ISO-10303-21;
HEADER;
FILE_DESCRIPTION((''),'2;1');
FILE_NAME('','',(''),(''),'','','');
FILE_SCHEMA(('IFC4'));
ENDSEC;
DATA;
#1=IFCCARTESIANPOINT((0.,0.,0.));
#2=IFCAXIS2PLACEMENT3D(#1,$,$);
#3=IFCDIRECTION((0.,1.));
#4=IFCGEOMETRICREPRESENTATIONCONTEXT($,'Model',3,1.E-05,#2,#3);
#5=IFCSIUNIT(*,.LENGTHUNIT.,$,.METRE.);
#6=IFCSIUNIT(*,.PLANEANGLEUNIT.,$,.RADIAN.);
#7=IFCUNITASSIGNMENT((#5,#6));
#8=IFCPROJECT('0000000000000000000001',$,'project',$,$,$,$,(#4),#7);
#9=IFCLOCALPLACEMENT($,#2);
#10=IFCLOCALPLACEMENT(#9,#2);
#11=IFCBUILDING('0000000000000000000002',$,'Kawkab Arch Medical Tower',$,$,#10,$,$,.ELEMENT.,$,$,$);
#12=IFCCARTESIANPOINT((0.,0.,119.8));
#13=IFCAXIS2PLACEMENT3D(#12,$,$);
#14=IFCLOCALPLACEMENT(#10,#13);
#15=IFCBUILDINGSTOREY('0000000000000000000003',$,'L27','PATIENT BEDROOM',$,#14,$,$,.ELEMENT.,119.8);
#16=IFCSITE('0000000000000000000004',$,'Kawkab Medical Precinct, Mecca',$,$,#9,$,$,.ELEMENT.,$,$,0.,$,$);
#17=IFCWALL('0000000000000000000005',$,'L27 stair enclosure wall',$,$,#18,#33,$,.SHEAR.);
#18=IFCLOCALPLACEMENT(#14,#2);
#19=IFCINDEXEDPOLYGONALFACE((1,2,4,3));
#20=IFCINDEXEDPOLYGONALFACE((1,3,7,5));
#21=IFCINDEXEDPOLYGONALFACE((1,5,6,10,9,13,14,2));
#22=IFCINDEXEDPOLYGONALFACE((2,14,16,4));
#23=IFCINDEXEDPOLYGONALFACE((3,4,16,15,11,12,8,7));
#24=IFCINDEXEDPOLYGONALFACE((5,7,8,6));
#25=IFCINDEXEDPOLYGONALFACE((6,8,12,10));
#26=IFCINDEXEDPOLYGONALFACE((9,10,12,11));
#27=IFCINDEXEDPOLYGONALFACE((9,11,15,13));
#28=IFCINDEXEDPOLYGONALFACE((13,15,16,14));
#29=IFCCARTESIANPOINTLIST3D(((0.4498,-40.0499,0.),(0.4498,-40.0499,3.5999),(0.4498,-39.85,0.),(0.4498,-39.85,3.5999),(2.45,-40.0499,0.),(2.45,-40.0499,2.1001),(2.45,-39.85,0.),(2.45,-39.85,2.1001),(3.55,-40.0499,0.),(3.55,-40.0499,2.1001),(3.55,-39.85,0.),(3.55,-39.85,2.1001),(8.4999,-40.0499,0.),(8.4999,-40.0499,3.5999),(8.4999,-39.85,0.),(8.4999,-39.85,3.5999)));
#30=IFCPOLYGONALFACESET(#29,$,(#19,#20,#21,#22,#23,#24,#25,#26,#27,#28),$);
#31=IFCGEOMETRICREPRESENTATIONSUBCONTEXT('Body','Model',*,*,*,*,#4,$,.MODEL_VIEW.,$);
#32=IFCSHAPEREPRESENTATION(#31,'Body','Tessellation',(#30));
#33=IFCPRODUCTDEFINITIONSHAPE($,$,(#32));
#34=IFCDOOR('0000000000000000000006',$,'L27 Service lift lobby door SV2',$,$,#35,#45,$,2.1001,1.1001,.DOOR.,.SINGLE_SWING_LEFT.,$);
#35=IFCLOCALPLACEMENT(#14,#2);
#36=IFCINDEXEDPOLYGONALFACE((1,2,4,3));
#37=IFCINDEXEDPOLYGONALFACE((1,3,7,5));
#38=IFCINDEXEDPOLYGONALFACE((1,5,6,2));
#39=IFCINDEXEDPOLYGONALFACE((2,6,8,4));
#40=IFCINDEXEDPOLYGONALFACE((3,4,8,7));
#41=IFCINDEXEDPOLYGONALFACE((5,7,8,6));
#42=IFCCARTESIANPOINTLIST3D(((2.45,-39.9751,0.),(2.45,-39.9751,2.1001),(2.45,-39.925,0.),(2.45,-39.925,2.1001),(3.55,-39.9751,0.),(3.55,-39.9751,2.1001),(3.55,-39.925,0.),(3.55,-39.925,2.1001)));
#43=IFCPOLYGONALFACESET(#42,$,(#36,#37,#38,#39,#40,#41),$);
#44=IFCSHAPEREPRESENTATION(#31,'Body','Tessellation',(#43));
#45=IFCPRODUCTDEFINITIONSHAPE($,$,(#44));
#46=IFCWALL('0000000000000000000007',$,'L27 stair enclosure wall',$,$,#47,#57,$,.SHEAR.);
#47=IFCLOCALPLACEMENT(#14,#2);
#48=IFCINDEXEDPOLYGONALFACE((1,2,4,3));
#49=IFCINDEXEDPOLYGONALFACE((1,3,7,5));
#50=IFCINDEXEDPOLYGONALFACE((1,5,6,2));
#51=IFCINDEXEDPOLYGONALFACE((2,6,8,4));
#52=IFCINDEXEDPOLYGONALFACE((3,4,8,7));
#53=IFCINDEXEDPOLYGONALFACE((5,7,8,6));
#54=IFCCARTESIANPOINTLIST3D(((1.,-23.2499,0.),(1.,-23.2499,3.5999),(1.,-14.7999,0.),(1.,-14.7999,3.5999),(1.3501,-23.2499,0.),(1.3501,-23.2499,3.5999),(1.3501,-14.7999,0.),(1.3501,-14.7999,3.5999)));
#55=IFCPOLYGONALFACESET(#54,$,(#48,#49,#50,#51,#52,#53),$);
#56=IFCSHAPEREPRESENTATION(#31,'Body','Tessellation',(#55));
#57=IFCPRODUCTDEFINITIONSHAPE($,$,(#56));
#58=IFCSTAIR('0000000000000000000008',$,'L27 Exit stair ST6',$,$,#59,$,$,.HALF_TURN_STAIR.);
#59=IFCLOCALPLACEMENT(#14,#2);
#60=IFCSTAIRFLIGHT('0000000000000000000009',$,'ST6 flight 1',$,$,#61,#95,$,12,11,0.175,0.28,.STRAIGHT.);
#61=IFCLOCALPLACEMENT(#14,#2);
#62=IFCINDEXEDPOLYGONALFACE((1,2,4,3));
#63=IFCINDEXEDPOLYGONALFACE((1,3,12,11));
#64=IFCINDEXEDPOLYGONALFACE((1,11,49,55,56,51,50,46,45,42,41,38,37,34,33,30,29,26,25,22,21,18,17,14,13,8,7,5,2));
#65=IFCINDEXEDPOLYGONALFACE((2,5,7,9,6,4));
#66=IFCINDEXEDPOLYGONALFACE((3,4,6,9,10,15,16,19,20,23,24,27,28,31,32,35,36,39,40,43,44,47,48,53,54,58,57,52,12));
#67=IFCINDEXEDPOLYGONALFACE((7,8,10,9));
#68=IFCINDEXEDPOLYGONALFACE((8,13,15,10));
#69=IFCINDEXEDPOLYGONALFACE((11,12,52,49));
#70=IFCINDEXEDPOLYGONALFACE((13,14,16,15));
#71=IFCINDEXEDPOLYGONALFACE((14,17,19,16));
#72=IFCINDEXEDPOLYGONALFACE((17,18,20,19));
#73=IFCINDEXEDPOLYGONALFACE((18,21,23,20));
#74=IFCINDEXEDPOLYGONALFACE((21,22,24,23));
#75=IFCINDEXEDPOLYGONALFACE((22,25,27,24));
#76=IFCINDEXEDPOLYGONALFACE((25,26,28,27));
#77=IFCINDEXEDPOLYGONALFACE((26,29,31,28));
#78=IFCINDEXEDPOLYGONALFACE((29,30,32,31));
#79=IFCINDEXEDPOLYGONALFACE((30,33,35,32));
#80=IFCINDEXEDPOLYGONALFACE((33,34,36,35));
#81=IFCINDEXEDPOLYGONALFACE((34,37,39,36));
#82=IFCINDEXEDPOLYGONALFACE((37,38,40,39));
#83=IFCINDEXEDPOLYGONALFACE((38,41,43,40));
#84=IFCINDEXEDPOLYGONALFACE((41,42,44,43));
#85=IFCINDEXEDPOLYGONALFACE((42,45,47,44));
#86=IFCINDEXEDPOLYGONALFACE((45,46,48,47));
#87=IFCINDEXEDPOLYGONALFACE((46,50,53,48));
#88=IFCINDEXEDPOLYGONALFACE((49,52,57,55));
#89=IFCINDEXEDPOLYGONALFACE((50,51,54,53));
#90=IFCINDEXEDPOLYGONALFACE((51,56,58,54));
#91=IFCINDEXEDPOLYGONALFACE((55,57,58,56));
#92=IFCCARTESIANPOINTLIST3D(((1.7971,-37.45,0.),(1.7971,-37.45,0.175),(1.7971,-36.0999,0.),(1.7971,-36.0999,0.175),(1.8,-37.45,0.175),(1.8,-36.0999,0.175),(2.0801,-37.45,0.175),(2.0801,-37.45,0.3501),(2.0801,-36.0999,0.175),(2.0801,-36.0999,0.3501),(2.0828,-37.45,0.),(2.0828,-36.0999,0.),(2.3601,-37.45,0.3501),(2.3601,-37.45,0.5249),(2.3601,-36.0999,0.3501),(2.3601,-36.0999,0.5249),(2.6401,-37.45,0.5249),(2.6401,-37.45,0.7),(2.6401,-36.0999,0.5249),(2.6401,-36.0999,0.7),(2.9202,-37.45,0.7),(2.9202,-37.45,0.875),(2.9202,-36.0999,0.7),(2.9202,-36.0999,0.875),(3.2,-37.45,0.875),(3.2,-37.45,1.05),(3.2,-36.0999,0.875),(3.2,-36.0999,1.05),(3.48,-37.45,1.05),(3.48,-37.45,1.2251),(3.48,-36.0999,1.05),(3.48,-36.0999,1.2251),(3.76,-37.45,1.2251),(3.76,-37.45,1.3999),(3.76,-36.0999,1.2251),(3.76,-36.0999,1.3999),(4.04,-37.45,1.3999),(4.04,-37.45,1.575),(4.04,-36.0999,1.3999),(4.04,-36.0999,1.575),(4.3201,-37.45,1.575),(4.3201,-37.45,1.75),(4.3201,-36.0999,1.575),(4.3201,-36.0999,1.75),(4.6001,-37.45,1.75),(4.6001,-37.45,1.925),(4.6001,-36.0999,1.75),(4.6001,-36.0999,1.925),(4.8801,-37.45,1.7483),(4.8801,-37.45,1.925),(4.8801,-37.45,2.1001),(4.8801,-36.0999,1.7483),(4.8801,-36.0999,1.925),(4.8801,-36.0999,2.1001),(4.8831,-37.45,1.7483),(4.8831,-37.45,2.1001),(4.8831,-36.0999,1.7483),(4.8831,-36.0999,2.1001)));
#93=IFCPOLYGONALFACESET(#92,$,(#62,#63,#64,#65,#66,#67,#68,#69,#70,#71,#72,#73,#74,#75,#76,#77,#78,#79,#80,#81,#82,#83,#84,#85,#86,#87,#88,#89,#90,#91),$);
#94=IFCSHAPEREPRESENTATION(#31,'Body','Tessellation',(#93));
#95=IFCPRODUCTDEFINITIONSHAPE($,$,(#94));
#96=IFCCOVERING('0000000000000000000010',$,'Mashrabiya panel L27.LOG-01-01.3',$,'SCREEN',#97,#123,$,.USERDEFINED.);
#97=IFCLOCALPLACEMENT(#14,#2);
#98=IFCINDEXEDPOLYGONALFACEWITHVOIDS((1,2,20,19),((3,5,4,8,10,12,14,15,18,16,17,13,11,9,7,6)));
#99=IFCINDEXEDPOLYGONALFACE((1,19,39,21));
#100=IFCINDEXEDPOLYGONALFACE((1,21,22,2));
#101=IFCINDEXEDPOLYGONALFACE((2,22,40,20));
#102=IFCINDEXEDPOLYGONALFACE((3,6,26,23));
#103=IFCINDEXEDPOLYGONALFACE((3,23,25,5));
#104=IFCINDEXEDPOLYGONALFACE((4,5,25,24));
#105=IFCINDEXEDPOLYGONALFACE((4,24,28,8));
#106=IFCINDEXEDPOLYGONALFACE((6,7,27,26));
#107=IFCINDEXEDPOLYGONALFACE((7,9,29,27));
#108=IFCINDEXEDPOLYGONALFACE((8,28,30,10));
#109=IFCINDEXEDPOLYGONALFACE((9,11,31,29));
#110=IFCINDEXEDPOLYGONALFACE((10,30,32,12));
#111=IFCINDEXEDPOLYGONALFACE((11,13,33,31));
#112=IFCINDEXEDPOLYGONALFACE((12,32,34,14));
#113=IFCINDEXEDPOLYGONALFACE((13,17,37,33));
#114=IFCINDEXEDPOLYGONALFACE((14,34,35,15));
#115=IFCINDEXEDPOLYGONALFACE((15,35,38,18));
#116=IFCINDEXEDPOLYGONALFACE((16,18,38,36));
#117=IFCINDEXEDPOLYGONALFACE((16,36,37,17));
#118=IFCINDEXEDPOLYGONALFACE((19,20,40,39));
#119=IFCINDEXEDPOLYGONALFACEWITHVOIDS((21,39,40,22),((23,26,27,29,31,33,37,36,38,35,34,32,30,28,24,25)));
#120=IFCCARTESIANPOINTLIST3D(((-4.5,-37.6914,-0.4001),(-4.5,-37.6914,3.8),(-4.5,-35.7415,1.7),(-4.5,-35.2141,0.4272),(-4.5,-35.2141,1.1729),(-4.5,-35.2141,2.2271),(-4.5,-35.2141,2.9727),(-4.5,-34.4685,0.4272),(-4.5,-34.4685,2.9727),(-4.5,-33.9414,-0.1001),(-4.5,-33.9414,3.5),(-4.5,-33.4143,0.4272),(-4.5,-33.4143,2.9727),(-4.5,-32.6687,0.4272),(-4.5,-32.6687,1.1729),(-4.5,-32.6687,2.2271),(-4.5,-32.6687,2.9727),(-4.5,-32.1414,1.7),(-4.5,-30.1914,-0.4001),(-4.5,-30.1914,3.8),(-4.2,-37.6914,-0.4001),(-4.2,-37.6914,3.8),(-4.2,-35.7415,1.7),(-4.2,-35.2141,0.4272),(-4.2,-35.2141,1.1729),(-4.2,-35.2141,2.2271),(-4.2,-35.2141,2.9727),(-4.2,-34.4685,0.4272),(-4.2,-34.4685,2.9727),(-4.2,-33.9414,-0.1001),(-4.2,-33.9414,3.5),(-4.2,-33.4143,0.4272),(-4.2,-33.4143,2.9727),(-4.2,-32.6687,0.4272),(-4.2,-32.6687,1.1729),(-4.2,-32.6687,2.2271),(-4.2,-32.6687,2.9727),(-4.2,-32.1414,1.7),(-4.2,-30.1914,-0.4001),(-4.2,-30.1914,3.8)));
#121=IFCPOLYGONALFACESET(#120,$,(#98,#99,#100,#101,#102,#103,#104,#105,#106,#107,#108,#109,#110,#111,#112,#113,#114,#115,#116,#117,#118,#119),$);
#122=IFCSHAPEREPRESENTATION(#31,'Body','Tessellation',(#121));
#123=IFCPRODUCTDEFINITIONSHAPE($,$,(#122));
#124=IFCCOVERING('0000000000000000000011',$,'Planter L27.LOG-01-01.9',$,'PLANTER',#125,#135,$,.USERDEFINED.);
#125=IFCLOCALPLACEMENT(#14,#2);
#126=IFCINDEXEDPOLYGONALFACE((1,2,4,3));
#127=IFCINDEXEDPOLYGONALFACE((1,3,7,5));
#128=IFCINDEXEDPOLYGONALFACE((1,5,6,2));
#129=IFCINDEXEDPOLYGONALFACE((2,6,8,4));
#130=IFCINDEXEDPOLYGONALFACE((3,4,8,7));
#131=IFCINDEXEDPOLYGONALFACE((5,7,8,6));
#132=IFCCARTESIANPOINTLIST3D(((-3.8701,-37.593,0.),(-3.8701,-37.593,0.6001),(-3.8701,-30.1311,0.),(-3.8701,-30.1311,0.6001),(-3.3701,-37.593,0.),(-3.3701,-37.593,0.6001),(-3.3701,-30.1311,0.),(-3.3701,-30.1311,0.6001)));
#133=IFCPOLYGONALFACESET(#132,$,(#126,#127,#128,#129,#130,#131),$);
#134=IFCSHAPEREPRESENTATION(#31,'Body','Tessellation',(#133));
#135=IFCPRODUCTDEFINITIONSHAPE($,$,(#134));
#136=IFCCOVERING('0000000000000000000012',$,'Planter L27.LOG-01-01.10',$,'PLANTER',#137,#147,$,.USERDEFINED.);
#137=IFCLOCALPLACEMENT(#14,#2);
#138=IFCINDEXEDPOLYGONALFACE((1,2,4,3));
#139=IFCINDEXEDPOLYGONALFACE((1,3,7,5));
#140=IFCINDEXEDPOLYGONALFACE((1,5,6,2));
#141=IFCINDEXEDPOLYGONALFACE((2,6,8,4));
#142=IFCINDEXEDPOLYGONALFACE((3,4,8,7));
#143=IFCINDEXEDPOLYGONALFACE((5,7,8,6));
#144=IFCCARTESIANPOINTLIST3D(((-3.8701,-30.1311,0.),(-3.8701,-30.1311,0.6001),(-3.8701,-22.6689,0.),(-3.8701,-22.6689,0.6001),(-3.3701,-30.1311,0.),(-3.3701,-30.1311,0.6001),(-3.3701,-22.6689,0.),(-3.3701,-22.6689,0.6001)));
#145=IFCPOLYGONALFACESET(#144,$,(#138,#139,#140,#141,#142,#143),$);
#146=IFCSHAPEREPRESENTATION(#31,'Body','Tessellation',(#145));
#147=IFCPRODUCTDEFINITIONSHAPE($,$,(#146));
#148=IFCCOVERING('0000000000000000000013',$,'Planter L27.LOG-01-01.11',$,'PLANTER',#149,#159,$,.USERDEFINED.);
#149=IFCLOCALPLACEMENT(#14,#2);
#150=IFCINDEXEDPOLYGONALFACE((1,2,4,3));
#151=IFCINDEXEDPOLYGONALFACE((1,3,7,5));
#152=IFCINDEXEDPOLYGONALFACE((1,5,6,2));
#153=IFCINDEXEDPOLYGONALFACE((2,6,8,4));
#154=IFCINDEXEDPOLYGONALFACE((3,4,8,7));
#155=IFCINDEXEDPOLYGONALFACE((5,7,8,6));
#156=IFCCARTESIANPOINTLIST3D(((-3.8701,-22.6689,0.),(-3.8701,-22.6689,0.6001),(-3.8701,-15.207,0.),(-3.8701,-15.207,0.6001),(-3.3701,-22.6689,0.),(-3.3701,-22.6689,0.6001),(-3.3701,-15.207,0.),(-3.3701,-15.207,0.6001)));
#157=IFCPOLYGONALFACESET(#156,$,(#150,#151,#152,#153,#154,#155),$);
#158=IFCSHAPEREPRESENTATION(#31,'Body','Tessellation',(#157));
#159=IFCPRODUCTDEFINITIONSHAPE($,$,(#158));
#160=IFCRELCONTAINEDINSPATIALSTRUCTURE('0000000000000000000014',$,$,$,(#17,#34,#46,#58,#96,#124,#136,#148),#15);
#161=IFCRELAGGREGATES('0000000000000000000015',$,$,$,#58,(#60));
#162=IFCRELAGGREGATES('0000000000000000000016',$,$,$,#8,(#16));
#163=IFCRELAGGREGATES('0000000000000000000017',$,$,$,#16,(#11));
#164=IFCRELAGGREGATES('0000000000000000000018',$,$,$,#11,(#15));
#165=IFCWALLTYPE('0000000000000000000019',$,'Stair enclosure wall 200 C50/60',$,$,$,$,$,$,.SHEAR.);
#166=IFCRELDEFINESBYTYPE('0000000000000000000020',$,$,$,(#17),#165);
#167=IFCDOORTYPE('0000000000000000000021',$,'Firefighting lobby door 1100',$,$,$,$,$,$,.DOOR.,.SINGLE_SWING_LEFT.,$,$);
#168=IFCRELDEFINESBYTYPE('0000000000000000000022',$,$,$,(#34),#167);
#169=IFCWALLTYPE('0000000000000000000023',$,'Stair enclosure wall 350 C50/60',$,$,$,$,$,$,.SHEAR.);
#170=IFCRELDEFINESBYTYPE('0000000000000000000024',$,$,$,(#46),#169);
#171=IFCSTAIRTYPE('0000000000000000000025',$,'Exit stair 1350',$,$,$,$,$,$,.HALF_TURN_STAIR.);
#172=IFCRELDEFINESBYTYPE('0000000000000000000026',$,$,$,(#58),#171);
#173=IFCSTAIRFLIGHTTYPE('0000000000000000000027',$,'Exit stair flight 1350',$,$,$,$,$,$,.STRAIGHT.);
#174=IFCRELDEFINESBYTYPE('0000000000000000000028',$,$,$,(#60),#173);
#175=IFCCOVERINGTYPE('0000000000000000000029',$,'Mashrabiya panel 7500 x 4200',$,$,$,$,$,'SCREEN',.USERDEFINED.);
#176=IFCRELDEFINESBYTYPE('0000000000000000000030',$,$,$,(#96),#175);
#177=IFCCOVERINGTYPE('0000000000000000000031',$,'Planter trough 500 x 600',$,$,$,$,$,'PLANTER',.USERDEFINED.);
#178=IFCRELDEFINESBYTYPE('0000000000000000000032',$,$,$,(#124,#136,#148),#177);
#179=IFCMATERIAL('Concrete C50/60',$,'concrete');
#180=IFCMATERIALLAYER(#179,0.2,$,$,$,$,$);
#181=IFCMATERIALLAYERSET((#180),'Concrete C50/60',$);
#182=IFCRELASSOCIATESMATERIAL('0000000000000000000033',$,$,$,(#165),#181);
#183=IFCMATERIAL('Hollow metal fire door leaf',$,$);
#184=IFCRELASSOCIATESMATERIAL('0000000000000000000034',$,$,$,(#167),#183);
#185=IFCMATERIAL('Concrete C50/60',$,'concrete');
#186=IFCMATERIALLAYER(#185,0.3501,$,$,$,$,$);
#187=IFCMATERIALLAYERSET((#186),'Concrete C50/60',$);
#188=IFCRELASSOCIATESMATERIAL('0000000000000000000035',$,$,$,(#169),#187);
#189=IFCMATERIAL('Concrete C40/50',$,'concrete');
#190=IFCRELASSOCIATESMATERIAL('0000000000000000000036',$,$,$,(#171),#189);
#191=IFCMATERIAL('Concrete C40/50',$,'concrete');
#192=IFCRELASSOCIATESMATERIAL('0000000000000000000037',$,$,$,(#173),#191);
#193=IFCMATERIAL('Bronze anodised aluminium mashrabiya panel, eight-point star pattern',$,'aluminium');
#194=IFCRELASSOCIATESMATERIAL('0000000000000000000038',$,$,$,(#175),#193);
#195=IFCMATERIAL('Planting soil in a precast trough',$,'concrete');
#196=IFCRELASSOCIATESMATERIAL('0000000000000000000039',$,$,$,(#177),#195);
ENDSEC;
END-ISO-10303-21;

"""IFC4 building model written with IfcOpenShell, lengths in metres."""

from ifc_helpers import new_model, si_unit, direction, frame, frame_2d, origin, origin_2d, place, context, subcontext, project, spatial, polyline, rectangle, outline, extrude, material, layer, layer_set, material_profile, profile_set, type_object, element, fill, aggregate, save


model = new_model("IFC4")

# Units and contexts
model_context = context("Model", 3, precision=1e-05, world=origin(), true_north=direction((0.0, 1.0)))
body_context = subcontext(model_context, "Body", "Model", "MODEL_VIEW")
ifc_project = project(units=[si_unit("LENGTHUNIT", "METRE"), si_unit("PLANEANGLEUNIT", "RADIAN")], contexts=[model_context])

# Site, building, storey
site_placement = place(None, origin())
site = spatial("IfcSite", under=ifc_project, at=site_placement, Name="Kawkab Medical Precinct, Mecca", CompositionType="ELEMENT", RefElevation=0.0)
building_placement = place(site_placement, origin())
building = spatial("IfcBuilding", under=site, at=building_placement, Name="Kawkab Arch Medical Tower", CompositionType="ELEMENT")
storey_placement = place(building_placement, frame((0.0, 0.0, 119.8)))
storey = spatial("IfcBuildingStorey", under=building, at=storey_placement, Name="L27", Description="PATIENT BEDROOM", CompositionType="ELEMENT", Elevation=119.8)

# Shared definitions
placement = place(storey_placement, origin())

# Shared definitions
ifc_material_1 = material(Name="Concrete C50/60", Category="concrete")
ifc_layer_1 = layer(ifc_material_1, 0.2)
ifc_layer_set_1 = layer_set([ifc_layer_1], Name="Concrete C50/60")
wall_type_1 = type_object("IfcWallType", Name="Stair enclosure wall 200 C50/60", PredefinedType="SHEAR", material=ifc_layer_set_1)

# Wall, opening, door
wall_1_placement = place(storey_placement, frame((0.45, -39.95, 0.0), z_axis=(0.0, 0.0, 1.0), x_axis=(1.0, 0.0, 0.0)))
wall_1 = element("IfcWall", 1, at=wall_1_placement, inside=storey, type_object=wall_type_1, Name="L27 stair enclosure wall", PredefinedType="SHEAR", context=body_context, shape_type="SweptSolid", body=[
    extrude(rectangle(XDim=8.05, YDim=0.2, at=frame_2d((4.0249, 0.0))), origin(), (0.0, 0.0, 1.0), 3.5999),
])
opening_1_placement = place(wall_1_placement, frame((2.0, 0.0, 0.0)))
opening_1 = element("IfcOpeningElement", 2, at=opening_1_placement, cuts=wall_1, PredefinedType="OPENING", context=body_context, shape_type="SweptSolid", body=[
    extrude(rectangle(XDim=1.1001, YDim=2.1001, at=frame_2d((0.55, 1.05))), frame((0.0, 0.1099, 0.0), z_axis=(0.0, -1.0, 0.0), x_axis=(1.0, 0.0, 0.0)), (0.0, 0.0, 1.0), 0.22),
])
ifc_material_2 = material(Name="Hollow metal fire door leaf")
door_type_1 = type_object("IfcDoorType", Name="Firefighting lobby door 1100", OperationType="SINGLE_SWING_LEFT", PredefinedType="DOOR", material=ifc_material_2)
door_1_placement = place(opening_1_placement, origin())
door_1 = element("IfcDoor", 3, at=door_1_placement, inside=storey, type_object=door_type_1, Name="L27 Service lift lobby door SV2", OperationType="SINGLE_SWING_LEFT", OverallHeight=2.1001, OverallWidth=1.1001, PredefinedType="DOOR", context=body_context, shape_type="SweptSolid", body=[
    extrude(rectangle(XDim=1.1001, YDim=2.1001, at=frame_2d((0.55, 1.05))), frame((0.0, 0.0249, 0.0), z_axis=(0.0, -1.0, 0.0), x_axis=(1.0, 0.0, 0.0)), (0.0, 0.0, 1.0), 0.05),
])
fill(opening_1, door_1)

# Wall
ifc_material_3 = material(Name="Concrete C50/60", Category="concrete")
ifc_layer_2 = layer(ifc_material_3, 0.3501)
ifc_layer_set_2 = layer_set([ifc_layer_2], Name="Concrete C50/60")
wall_type_2 = type_object("IfcWallType", Name="Stair enclosure wall 350 C50/60", PredefinedType="SHEAR", material=ifc_layer_set_2)
wall_2_placement = place(storey_placement, frame((1.175, -23.25, 0.0), z_axis=(0.0, 0.0, 1.0), x_axis=(0.0, 1.0, 0.0)))
element("IfcWall", 4, at=wall_2_placement, inside=storey, type_object=wall_type_2, Name="L27 stair enclosure wall", PredefinedType="SHEAR", context=body_context, shape_type="SweptSolid", body=[
    extrude(rectangle(XDim=8.45, YDim=0.3501, at=frame_2d((4.2251, 0.0))), origin(), (0.0, 0.0, 1.0), 3.5999),
])

# Stair, stair flight
ifc_material_4 = material(Name="Concrete C40/50", Category="concrete")
stair_type = type_object("IfcStairType", Name="Exit stair 1350", PredefinedType="HALF_TURN_STAIR", material=ifc_material_4)
stair = element("IfcStair", 5, at=placement, inside=storey, type_object=stair_type, Name="L27 Exit stair ST6", PredefinedType="HALF_TURN_STAIR")
ifc_material_5 = material(Name="Concrete C40/50", Category="concrete")
stair_flight_type = type_object("IfcStairFlightType", Name="Exit stair flight 1350", PredefinedType="STRAIGHT", material=ifc_material_5)
stair_flight_placement = place(storey_placement, frame((1.8, -36.7749, 0.0), z_axis=(0.0, 0.0, 1.0), x_axis=(1.0, 0.0, 0.0)))
stair_flight = element("IfcStairFlight", 6, at=stair_flight_placement, type_object=stair_flight_type, Name="ST6 flight 1", NumberOfRisers=12, NumberOfTreads=11, PredefinedType="STRAIGHT", RiserHeight=0.175, TreadLength=0.28, context=body_context, shape_type="SweptSolid", body=[
    extrude(outline(polyline([(-0.0029, 0.0), (-0.0029, 0.175), (0.0, 0.175), (0.28, 0.175), (0.28, 0.3501), (0.5601, 0.3501), (0.5601, 0.5249), (0.8401, 0.5249), (0.8401, 0.7), (1.1201, 0.7), (1.1201, 0.875), (1.3999, 0.875), (1.3999, 1.05), (1.6799, 1.05), (1.6799, 1.2251), (1.96, 1.2251), (1.96, 1.3999), (2.24, 1.3999), (2.24, 1.575), (2.52, 1.575), (2.52, 1.75), (2.8, 1.75), (2.8, 1.925), (3.0801, 1.925), (3.0801, 2.1001), (3.083, 2.1001), (3.083, 1.7483), (3.0801, 1.7483), (0.2827, 0.0), (-0.0029, 0.0)])), frame((0.0, 0.675, 0.0), z_axis=(0.0, -1.0, 0.0), x_axis=(1.0, 0.0, 0.0)), (0.0, 0.0, 1.0), 1.3501),
])
aggregate(stair, [stair_flight])

# Coverings
ifc_material_6 = material(Name="Bronze anodised aluminium mashrabiya panel, eight-point star pattern", Category="aluminium")
ifc_material_profile_1 = material_profile(ifc_material_6, outline(polyline([(-3.75, -2.1001), (3.75, -2.1001), (3.75, 2.1001), (-3.75, 2.1001), (-3.75, -2.1001)]), holes=[polyline([(1.8, 0.0), (1.2727, 0.5271), (1.2727, 1.2727), (0.5271, 1.2727), (0.0, 1.8), (-0.5271, 1.2727), (-1.2727, 1.2727), (-1.2727, 0.5271), (-1.8, 0.0), (-1.2727, -0.5271), (-1.2727, -1.2727), (-0.5271, -1.2727), (0.0, -1.8), (0.5271, -1.2727), (1.2727, -1.2727), (1.2727, -0.5271), (1.8, 0.0)])]), Name="Mashrabiya panel 7500x4200")
ifc_profile_set_1 = profile_set([ifc_material_profile_1], Name="Bronze anodised aluminium mashrabiya panel, eight-point star pattern")
covering_type_1 = type_object("IfcCoveringType", Name="Mashrabiya panel 7500 x 4200", ElementType="SCREEN", PredefinedType="USERDEFINED", material=ifc_profile_set_1)
covering_1_placement = place(storey_placement, frame((-4.2, -33.9414, 1.7), z_axis=(-1.0, 0.0, 0.0), x_axis=(0.0, -1.0, 0.0)))
element("IfcCovering", 7, at=covering_1_placement, inside=storey, type_object=covering_type_1, Name="Mashrabiya panel L27.LOG-01-01.3", ObjectType="SCREEN", PredefinedType="USERDEFINED", context=body_context, shape_type="SweptSolid", body=[
    extrude(outline(polyline([(-3.75, -2.1001), (3.75, -2.1001), (3.75, 2.1001), (-3.75, 2.1001), (-3.75, -2.1001)]), holes=[polyline([(1.8, 0.0), (1.2727, 0.5271), (1.2727, 1.2727), (0.5271, 1.2727), (0.0, 1.8), (-0.5271, 1.2727), (-1.2727, 1.2727), (-1.2727, 0.5271), (-1.8, 0.0), (-1.2727, -0.5271), (-1.2727, -1.2727), (-0.5271, -1.2727), (0.0, -1.8), (0.5271, -1.2727), (1.2727, -1.2727), (1.2727, -0.5271), (1.8, 0.0)])]), origin(), (0.0, 0.0, 1.0), 0.3),
])
ifc_material_7 = material(Name="Planting soil in a precast trough", Category="concrete")
ifc_material_profile_2 = material_profile(ifc_material_7, rectangle(XDim=0.5, YDim=0.6001, at=origin_2d()), Name="Trough 500x600")
ifc_profile_set_2 = profile_set([ifc_material_profile_2], Name="Planting soil in a precast trough")
covering_type_2 = type_object("IfcCoveringType", Name="Planter trough 500 x 600", ElementType="PLANTER", PredefinedType="USERDEFINED", material=ifc_profile_set_2)
covering_2_placement = place(storey_placement, frame((-3.6201, -37.593, 0.3), z_axis=(0.0, 1.0, 0.0), x_axis=(-1.0, 0.0, 0.0)))
element("IfcCovering", 8, at=covering_2_placement, inside=storey, type_object=covering_type_2, Name="Planter L27.LOG-01-01.9", ObjectType="PLANTER", PredefinedType="USERDEFINED", context=body_context, shape_type="SweptSolid", body=[
    extrude(rectangle(XDim=0.5, YDim=0.6001, at=origin_2d()), origin(), (0.0, 0.0, 1.0), 7.4619),
])
covering_3_placement = place(storey_placement, frame((-3.6201, -30.1311, 0.3), z_axis=(0.0, 1.0, 0.0), x_axis=(-1.0, 0.0, 0.0)))
element("IfcCovering", 9, at=covering_3_placement, inside=storey, type_object=covering_type_2, Name="Planter L27.LOG-01-01.10", ObjectType="PLANTER", PredefinedType="USERDEFINED", context=body_context, shape_type="SweptSolid", body=[
    extrude(rectangle(XDim=0.5, YDim=0.6001, at=origin_2d()), origin(), (0.0, 0.0, 1.0), 7.4622),
])
covering_4_placement = place(storey_placement, frame((-3.6201, -22.6689, 0.3), z_axis=(0.0, 1.0, 0.0), x_axis=(-1.0, 0.0, 0.0)))
element("IfcCovering", 10, at=covering_4_placement, inside=storey, type_object=covering_type_2, Name="Planter L27.LOG-01-01.11", ObjectType="PLANTER", PredefinedType="USERDEFINED", context=body_context, shape_type="SweptSolid", body=[
    extrude(rectangle(XDim=0.5, YDim=0.6001, at=origin_2d()), origin(), (0.0, 0.0, 1.0), 7.4619),
])

save(model, "model.ifc")
